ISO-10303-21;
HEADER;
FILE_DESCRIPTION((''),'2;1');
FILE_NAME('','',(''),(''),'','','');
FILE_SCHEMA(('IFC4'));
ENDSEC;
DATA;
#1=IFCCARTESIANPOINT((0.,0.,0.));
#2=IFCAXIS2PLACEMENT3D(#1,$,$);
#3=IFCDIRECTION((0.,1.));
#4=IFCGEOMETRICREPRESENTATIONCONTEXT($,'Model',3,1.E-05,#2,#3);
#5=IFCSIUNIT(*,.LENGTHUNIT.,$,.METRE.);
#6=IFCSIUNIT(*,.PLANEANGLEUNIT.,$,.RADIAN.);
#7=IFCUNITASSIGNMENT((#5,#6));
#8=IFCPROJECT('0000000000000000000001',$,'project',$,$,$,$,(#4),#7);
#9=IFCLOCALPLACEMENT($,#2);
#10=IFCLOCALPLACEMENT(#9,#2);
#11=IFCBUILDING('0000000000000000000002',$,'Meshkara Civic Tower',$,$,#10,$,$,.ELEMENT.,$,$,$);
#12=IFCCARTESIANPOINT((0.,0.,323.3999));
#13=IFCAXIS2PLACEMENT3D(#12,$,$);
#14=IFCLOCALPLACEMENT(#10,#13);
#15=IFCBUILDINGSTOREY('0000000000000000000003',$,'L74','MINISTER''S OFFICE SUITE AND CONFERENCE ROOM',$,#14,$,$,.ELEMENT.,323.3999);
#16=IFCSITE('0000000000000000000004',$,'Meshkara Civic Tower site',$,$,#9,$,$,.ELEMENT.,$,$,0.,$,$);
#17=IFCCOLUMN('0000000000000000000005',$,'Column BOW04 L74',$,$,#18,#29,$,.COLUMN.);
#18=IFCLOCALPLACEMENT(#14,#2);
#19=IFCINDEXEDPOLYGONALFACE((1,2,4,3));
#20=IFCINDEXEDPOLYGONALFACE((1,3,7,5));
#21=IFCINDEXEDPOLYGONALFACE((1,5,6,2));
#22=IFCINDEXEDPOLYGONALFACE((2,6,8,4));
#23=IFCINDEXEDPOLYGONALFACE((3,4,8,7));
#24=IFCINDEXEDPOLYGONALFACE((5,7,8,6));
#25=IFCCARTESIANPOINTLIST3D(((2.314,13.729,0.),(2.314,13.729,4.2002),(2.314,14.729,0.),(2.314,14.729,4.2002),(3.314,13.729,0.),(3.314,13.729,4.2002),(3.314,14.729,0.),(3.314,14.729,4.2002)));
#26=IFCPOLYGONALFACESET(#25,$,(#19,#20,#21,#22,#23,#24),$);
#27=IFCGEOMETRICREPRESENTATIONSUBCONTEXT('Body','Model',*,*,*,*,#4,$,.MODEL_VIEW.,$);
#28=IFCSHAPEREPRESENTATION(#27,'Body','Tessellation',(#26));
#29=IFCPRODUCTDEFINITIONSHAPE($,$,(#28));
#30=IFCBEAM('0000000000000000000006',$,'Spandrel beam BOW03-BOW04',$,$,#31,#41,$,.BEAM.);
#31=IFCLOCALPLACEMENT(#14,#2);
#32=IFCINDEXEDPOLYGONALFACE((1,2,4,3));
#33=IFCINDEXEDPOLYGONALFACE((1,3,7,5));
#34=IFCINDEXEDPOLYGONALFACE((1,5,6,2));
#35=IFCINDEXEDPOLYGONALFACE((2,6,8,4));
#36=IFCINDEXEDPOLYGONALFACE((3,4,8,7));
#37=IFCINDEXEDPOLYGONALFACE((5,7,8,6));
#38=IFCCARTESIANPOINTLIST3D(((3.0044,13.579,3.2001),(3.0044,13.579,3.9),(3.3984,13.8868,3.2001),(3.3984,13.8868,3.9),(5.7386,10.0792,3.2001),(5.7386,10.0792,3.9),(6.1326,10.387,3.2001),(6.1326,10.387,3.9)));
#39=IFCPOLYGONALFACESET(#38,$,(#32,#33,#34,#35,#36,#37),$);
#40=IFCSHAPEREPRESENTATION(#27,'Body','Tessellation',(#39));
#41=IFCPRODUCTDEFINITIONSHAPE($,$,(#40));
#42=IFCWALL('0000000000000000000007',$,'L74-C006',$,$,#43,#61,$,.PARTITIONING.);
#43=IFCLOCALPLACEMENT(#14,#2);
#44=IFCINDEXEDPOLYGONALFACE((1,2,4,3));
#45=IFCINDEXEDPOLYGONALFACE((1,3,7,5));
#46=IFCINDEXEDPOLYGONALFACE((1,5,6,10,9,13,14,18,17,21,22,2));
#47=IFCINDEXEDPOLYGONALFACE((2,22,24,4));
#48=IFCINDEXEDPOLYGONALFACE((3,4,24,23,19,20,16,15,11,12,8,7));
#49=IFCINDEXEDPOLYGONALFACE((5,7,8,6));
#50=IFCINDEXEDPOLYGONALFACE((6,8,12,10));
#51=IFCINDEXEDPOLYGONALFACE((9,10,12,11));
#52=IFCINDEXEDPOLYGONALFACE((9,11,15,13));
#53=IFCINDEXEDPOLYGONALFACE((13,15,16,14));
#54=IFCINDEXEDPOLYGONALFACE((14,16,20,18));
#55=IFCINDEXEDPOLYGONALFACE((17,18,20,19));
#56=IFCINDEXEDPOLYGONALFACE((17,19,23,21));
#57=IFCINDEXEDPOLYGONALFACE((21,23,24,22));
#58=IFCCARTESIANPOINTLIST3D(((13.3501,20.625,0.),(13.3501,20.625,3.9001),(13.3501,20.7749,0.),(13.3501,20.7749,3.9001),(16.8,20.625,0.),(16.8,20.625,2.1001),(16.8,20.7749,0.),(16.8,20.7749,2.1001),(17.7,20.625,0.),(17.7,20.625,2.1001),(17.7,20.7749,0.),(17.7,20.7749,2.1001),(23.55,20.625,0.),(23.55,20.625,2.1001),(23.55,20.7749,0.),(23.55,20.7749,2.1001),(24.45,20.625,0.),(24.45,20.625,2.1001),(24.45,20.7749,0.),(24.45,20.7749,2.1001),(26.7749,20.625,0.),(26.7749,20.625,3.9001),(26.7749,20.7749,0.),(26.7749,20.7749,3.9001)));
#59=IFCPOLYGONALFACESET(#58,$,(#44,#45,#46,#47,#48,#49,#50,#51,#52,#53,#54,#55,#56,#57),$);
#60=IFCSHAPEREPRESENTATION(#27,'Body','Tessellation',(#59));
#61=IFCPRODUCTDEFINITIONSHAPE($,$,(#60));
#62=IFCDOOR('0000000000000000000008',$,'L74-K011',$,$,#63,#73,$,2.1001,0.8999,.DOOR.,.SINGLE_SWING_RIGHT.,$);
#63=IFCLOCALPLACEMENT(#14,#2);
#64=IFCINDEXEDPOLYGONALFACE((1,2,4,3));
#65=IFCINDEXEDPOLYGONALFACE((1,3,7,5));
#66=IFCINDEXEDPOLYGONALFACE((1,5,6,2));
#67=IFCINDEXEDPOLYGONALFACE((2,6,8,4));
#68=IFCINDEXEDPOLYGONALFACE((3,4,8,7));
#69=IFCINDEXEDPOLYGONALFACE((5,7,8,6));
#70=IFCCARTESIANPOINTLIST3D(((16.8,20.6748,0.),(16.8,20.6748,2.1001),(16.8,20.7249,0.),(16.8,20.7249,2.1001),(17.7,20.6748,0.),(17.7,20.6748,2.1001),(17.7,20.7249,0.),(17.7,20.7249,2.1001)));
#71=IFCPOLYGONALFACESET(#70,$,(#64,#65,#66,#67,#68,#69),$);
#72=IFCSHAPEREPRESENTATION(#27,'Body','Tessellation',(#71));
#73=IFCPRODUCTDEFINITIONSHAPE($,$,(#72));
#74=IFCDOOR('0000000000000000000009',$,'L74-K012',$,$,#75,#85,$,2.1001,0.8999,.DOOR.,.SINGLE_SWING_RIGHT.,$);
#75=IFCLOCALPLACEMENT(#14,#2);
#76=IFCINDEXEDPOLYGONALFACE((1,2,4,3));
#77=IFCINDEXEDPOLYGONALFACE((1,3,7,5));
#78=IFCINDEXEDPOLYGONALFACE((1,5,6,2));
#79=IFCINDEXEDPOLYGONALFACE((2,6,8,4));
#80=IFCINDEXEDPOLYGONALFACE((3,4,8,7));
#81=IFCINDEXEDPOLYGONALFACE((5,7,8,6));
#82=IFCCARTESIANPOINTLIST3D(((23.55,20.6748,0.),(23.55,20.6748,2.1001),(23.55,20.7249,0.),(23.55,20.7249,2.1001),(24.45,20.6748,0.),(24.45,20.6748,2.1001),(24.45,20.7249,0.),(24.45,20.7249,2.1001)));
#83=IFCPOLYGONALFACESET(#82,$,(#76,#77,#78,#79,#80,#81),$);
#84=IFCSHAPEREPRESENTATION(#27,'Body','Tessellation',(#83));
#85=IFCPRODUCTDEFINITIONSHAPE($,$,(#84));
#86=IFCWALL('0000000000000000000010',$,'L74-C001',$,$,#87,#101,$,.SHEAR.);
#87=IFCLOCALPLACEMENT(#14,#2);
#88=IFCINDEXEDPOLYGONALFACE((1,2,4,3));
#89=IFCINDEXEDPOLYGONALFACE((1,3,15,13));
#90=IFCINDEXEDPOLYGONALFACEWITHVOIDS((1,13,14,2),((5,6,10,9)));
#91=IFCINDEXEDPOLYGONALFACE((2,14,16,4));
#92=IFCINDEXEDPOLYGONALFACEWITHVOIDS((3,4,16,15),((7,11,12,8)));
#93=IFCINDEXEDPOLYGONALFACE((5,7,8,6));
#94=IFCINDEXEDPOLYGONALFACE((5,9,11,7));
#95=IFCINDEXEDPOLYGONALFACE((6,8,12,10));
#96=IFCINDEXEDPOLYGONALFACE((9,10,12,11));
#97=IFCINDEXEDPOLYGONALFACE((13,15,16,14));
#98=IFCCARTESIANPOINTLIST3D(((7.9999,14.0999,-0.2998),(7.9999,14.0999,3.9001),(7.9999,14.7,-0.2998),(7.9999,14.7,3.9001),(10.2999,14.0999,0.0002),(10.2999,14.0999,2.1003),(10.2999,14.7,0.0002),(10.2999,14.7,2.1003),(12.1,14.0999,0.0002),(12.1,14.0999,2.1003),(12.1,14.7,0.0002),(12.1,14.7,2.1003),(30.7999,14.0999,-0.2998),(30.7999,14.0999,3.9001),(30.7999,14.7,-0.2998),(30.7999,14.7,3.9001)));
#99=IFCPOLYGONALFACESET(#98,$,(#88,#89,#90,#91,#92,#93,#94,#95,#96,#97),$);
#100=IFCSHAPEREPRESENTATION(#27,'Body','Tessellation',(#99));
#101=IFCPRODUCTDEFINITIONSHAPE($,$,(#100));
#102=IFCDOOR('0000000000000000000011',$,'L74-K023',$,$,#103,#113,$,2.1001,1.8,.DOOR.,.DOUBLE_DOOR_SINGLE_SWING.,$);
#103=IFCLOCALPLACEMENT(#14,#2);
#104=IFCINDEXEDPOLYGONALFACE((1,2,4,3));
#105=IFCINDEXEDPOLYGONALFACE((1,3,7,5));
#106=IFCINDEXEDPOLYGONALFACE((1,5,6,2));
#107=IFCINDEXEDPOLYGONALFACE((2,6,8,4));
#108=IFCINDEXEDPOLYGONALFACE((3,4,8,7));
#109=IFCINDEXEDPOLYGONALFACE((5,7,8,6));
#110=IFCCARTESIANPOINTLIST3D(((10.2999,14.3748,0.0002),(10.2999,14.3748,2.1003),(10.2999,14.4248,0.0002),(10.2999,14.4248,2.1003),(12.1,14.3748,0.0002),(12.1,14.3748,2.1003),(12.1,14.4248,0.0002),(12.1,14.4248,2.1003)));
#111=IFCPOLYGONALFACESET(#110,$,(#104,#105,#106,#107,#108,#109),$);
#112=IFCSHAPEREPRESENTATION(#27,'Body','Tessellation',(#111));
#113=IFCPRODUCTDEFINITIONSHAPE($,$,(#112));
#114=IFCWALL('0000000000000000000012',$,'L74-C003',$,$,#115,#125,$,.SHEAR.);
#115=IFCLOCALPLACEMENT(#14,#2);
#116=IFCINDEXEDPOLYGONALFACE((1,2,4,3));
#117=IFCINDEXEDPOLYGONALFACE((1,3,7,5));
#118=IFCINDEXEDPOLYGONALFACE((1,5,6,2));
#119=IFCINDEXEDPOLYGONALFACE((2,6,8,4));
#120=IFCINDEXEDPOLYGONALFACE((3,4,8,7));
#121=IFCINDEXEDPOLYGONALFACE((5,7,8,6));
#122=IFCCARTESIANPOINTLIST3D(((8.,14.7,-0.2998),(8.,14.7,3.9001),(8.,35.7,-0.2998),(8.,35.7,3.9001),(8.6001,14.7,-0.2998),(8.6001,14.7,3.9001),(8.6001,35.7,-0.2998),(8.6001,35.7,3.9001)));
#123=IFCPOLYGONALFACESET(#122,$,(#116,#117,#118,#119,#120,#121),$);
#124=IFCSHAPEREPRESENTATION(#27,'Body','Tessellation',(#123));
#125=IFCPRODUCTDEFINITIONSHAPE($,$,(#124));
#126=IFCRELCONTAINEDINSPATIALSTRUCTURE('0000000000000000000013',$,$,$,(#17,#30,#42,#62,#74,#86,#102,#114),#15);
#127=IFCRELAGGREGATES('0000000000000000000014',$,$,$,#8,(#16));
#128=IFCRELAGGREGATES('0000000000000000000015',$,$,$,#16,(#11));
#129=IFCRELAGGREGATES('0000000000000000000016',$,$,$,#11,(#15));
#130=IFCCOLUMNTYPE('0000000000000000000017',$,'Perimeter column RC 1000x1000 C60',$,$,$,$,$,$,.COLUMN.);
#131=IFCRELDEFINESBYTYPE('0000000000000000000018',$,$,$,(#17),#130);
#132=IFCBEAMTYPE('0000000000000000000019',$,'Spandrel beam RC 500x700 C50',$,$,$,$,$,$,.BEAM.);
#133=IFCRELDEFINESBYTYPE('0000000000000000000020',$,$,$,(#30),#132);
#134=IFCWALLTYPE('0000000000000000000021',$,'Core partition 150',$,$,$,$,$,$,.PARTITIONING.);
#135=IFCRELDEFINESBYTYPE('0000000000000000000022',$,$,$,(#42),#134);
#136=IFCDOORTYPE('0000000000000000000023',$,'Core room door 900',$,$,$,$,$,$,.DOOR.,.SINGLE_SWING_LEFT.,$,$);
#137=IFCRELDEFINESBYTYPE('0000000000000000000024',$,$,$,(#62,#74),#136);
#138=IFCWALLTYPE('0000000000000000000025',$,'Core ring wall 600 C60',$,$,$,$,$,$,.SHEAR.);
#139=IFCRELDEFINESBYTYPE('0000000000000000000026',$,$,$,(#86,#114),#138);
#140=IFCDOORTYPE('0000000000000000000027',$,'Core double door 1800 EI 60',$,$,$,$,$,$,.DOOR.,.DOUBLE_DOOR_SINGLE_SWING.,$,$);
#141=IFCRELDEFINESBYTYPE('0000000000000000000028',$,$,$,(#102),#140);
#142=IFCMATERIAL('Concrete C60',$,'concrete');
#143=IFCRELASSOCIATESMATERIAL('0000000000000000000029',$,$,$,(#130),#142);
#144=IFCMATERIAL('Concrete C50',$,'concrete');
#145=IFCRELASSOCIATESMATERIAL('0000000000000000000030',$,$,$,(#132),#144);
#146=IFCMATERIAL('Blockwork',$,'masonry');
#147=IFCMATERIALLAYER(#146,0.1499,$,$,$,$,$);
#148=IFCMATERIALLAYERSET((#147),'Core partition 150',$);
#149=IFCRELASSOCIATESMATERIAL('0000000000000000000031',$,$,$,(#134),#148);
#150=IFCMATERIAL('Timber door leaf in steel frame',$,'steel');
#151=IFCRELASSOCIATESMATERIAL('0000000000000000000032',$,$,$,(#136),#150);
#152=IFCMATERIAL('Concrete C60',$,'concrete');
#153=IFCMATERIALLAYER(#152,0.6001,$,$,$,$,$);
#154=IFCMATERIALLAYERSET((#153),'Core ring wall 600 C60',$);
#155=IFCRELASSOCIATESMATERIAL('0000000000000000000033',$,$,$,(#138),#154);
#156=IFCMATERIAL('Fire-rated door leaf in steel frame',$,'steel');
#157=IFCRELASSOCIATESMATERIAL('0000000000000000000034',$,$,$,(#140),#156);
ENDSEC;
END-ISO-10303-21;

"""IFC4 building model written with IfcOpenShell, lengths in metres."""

from ifc_helpers import new_model, si_unit, direction, frame, frame_2d, origin, origin_2d, place, context, subcontext, project, spatial, rectangle, extrude, material, layer, layer_set, material_profile, profile_set, type_object, element, fill, save


model = new_model("IFC4")

# Units and contexts
model_context = context("Model", 3, precision=1e-05, world=origin(), true_north=direction((0.0, 1.0)))
body_context = subcontext(model_context, "Body", "Model", "MODEL_VIEW")
ifc_project = project(units=[si_unit("LENGTHUNIT", "METRE"), si_unit("PLANEANGLEUNIT", "RADIAN")], contexts=[model_context])

# Site, building, storey
site_placement = place(None, origin())
site = spatial("IfcSite", under=ifc_project, at=site_placement, Name="Meshkara Civic Tower site", CompositionType="ELEMENT", RefElevation=0.0)
building_placement = place(site_placement, origin())
building = spatial("IfcBuilding", under=site, at=building_placement, Name="Meshkara Civic Tower", CompositionType="ELEMENT")
storey_placement = place(building_placement, frame((0.0, 0.0, 323.3999)))
storey = spatial("IfcBuildingStorey", under=building, at=storey_placement, Name="L74", Description="MINISTER'S OFFICE SUITE AND CONFERENCE ROOM", CompositionType="ELEMENT", Elevation=323.3999)

# Column
ifc_material_1 = material(Name="Concrete C60", Category="concrete")
ifc_material_profile_1 = material_profile(ifc_material_1, rectangle(XDim=1.0, YDim=1.0, at=origin_2d()))
ifc_profile_set_1 = profile_set([ifc_material_profile_1], Name="Concrete C60")
column_type = type_object("IfcColumnType", Name="Perimeter column RC 1000x1000 C60", PredefinedType="COLUMN", material=ifc_profile_set_1)
column_placement = place(storey_placement, frame((2.814, 14.229, 0.0), z_axis=(0.0, 0.0, 1.0), x_axis=(1.0, 0.0, 0.0)))
element("IfcColumn", 1, at=column_placement, inside=storey, type_object=column_type, Name="Column BOW04 L74", PredefinedType="COLUMN", context=body_context, shape_type="SweptSolid", body=[
    extrude(rectangle(XDim=1.0, YDim=1.0, at=origin_2d()), origin(), (0.0, 0.0, 1.0), 4.2002),
])

# Beam
ifc_material_2 = material(Name="Concrete C50", Category="concrete")
ifc_material_profile_2 = material_profile(ifc_material_2, rectangle(XDim=0.5, YDim=0.7, at=origin_2d()))
ifc_profile_set_2 = profile_set([ifc_material_profile_2], Name="Concrete C50")
beam_type = type_object("IfcBeamType", Name="Spandrel beam RC 500x700 C50", PredefinedType="BEAM", material=ifc_profile_set_2)
beam_placement = place(storey_placement, frame((3.2014, 13.7329, 3.55), z_axis=(0.615637, -0.78803, 0.0), x_axis=(0.78803, 0.615637, 0.0)))
element("IfcBeam", 2, at=beam_placement, inside=storey, type_object=beam_type, Name="Spandrel beam BOW03-BOW04", PredefinedType="BEAM", context=body_context, shape_type="SweptSolid", body=[
    extrude(rectangle(XDim=0.5, YDim=0.7, at=origin_2d()), origin(), (0.0, 0.0, 1.0), 4.4412),
])

# Wall, openings, doors
ifc_material_3 = material(Name="Blockwork", Category="masonry")
ifc_layer_1 = layer(ifc_material_3, 0.1499)
ifc_layer_set_1 = layer_set([ifc_layer_1], Name="Core partition 150")
wall_type_1 = type_object("IfcWallType", Name="Core partition 150", PredefinedType="PARTITIONING", material=ifc_layer_set_1)
wall_1_placement = place(storey_placement, frame((13.3501, 20.7, 0.0), z_axis=(0.0, 0.0, 1.0), x_axis=(1.0, 0.0, 0.0)))
wall_1 = element("IfcWall", 3, at=wall_1_placement, inside=storey, type_object=wall_type_1, Name="L74-C006", PredefinedType="PARTITIONING", context=body_context, shape_type="SweptSolid", body=[
    extrude(rectangle(XDim=13.4248, YDim=0.1499, at=frame_2d((6.7124, 0.0))), origin(), (0.0, 0.0, 1.0), 3.9001),
])
opening_1_placement = place(wall_1_placement, frame((3.45, 0.0, 0.0)))
opening_1 = element("IfcOpeningElement", 4, at=opening_1_placement, cuts=wall_1, PredefinedType="OPENING", context=body_context, shape_type="SweptSolid", body=[
    extrude(rectangle(XDim=0.8999, YDim=2.1001, at=frame_2d((0.45, 1.05))), frame((0.0, 0.085, 0.0), z_axis=(0.0, -1.0, 0.0), x_axis=(1.0, 0.0, 0.0)), (0.0, 0.0, 1.0), 0.1699),
])
opening_2_placement = place(wall_1_placement, frame((10.2, 0.0, 0.0)))
opening_2 = element("IfcOpeningElement", 5, at=opening_2_placement, cuts=wall_1, PredefinedType="OPENING", context=body_context, shape_type="SweptSolid", body=[
    extrude(rectangle(XDim=0.8999, YDim=2.1001, at=frame_2d((0.45, 1.05))), frame((0.0, 0.085, 0.0), z_axis=(0.0, -1.0, 0.0), x_axis=(1.0, 0.0, 0.0)), (0.0, 0.0, 1.0), 0.1699),
])
ifc_material_4 = material(Name="Timber door leaf in steel frame", Category="steel")
door_type_1 = type_object("IfcDoorType", Name="Core room door 900", OperationType="SINGLE_SWING_LEFT", PredefinedType="DOOR", material=ifc_material_4)
door_1_placement = place(opening_1_placement, origin())
door_1 = element("IfcDoor", 6, at=door_1_placement, inside=storey, type_object=door_type_1, Name="L74-K011", OperationType="SINGLE_SWING_RIGHT", OverallHeight=2.1001, OverallWidth=0.8999, PredefinedType="DOOR", context=body_context, shape_type="SweptSolid", body=[
    extrude(rectangle(XDim=0.8999, YDim=2.1001, at=frame_2d((0.45, 1.05))), frame((0.0, 0.0249, 0.0), z_axis=(0.0, -1.0, 0.0), x_axis=(1.0, 0.0, 0.0)), (0.0, 0.0, 1.0), 0.05),
])
fill(opening_1, door_1)
door_2_placement = place(opening_2_placement, origin())
door_2 = element("IfcDoor", 7, at=door_2_placement, inside=storey, type_object=door_type_1, Name="L74-K012", OperationType="SINGLE_SWING_RIGHT", OverallHeight=2.1001, OverallWidth=0.8999, PredefinedType="DOOR", context=body_context, shape_type="SweptSolid", body=[
    extrude(rectangle(XDim=0.8999, YDim=2.1001, at=frame_2d((0.45, 1.05))), frame((0.0, 0.0249, 0.0), z_axis=(0.0, -1.0, 0.0), x_axis=(1.0, 0.0, 0.0)), (0.0, 0.0, 1.0), 0.05),
])
fill(opening_2, door_2)

# Wall, opening, door
ifc_material_5 = material(Name="Concrete C60", Category="concrete")
ifc_layer_2 = layer(ifc_material_5, 0.6001)
ifc_layer_set_2 = layer_set([ifc_layer_2], Name="Core ring wall 600 C60")
wall_type_2 = type_object("IfcWallType", Name="Core ring wall 600 C60", PredefinedType="SHEAR", material=ifc_layer_set_2)
wall_2_placement = place(storey_placement, frame((8.0, 14.3999, -0.2998), z_axis=(0.0, 0.0, 1.0), x_axis=(1.0, 0.0, 0.0)))
wall_2 = element("IfcWall", 8, at=wall_2_placement, inside=storey, type_object=wall_type_2, Name="L74-C001", PredefinedType="SHEAR", context=body_context, shape_type="SweptSolid", body=[
    extrude(rectangle(XDim=22.8, YDim=0.6001, at=frame_2d((11.3999, 0.0))), origin(), (0.0, 0.0, 1.0), 4.2),
])
opening_3_placement = place(wall_2_placement, frame((2.3, 0.0, 0.3)))
opening_3 = element("IfcOpeningElement", 9, at=opening_3_placement, cuts=wall_2, PredefinedType="OPENING", context=body_context, shape_type="SweptSolid", body=[
    extrude(rectangle(XDim=1.8, YDim=2.1001, at=frame_2d((0.8999, 1.05))), frame((0.0, 0.3101, 0.0), z_axis=(0.0, -1.0, 0.0), x_axis=(1.0, 0.0, 0.0)), (0.0, 0.0, 1.0), 0.6201),
])
ifc_material_6 = material(Name="Fire-rated door leaf in steel frame", Category="steel")
door_type_2 = type_object("IfcDoorType", Name="Core double door 1800 EI 60", OperationType="DOUBLE_DOOR_SINGLE_SWING", PredefinedType="DOOR", material=ifc_material_6)
door_3_placement = place(opening_3_placement, origin())
door_3 = element("IfcDoor", 10, at=door_3_placement, inside=storey, type_object=door_type_2, Name="L74-K023", OperationType="DOUBLE_DOOR_SINGLE_SWING", OverallHeight=2.1001, OverallWidth=1.8, PredefinedType="DOOR", context=body_context, shape_type="SweptSolid", body=[
    extrude(rectangle(XDim=1.8, YDim=2.1001, at=frame_2d((0.8999, 1.05))), frame((0.0, 0.0249, 0.0), z_axis=(0.0, -1.0, 0.0), x_axis=(1.0, 0.0, 0.0)), (0.0, 0.0, 1.0), 0.05),
])
fill(opening_3, door_3)

# Wall
wall_3_placement = place(storey_placement, frame((8.3, 14.7, -0.2998), z_axis=(0.0, 0.0, 1.0), x_axis=(0.0, 1.0, 0.0)))
element("IfcWall", 11, at=wall_3_placement, inside=storey, type_object=wall_type_2, Name="L74-C003", PredefinedType="SHEAR", context=body_context, shape_type="SweptSolid", body=[
    extrude(rectangle(XDim=21.0, YDim=0.6001, at=frame_2d((10.5, 0.0))), origin(), (0.0, 0.0, 1.0), 4.2),
])

save(model, "model.ifc")
